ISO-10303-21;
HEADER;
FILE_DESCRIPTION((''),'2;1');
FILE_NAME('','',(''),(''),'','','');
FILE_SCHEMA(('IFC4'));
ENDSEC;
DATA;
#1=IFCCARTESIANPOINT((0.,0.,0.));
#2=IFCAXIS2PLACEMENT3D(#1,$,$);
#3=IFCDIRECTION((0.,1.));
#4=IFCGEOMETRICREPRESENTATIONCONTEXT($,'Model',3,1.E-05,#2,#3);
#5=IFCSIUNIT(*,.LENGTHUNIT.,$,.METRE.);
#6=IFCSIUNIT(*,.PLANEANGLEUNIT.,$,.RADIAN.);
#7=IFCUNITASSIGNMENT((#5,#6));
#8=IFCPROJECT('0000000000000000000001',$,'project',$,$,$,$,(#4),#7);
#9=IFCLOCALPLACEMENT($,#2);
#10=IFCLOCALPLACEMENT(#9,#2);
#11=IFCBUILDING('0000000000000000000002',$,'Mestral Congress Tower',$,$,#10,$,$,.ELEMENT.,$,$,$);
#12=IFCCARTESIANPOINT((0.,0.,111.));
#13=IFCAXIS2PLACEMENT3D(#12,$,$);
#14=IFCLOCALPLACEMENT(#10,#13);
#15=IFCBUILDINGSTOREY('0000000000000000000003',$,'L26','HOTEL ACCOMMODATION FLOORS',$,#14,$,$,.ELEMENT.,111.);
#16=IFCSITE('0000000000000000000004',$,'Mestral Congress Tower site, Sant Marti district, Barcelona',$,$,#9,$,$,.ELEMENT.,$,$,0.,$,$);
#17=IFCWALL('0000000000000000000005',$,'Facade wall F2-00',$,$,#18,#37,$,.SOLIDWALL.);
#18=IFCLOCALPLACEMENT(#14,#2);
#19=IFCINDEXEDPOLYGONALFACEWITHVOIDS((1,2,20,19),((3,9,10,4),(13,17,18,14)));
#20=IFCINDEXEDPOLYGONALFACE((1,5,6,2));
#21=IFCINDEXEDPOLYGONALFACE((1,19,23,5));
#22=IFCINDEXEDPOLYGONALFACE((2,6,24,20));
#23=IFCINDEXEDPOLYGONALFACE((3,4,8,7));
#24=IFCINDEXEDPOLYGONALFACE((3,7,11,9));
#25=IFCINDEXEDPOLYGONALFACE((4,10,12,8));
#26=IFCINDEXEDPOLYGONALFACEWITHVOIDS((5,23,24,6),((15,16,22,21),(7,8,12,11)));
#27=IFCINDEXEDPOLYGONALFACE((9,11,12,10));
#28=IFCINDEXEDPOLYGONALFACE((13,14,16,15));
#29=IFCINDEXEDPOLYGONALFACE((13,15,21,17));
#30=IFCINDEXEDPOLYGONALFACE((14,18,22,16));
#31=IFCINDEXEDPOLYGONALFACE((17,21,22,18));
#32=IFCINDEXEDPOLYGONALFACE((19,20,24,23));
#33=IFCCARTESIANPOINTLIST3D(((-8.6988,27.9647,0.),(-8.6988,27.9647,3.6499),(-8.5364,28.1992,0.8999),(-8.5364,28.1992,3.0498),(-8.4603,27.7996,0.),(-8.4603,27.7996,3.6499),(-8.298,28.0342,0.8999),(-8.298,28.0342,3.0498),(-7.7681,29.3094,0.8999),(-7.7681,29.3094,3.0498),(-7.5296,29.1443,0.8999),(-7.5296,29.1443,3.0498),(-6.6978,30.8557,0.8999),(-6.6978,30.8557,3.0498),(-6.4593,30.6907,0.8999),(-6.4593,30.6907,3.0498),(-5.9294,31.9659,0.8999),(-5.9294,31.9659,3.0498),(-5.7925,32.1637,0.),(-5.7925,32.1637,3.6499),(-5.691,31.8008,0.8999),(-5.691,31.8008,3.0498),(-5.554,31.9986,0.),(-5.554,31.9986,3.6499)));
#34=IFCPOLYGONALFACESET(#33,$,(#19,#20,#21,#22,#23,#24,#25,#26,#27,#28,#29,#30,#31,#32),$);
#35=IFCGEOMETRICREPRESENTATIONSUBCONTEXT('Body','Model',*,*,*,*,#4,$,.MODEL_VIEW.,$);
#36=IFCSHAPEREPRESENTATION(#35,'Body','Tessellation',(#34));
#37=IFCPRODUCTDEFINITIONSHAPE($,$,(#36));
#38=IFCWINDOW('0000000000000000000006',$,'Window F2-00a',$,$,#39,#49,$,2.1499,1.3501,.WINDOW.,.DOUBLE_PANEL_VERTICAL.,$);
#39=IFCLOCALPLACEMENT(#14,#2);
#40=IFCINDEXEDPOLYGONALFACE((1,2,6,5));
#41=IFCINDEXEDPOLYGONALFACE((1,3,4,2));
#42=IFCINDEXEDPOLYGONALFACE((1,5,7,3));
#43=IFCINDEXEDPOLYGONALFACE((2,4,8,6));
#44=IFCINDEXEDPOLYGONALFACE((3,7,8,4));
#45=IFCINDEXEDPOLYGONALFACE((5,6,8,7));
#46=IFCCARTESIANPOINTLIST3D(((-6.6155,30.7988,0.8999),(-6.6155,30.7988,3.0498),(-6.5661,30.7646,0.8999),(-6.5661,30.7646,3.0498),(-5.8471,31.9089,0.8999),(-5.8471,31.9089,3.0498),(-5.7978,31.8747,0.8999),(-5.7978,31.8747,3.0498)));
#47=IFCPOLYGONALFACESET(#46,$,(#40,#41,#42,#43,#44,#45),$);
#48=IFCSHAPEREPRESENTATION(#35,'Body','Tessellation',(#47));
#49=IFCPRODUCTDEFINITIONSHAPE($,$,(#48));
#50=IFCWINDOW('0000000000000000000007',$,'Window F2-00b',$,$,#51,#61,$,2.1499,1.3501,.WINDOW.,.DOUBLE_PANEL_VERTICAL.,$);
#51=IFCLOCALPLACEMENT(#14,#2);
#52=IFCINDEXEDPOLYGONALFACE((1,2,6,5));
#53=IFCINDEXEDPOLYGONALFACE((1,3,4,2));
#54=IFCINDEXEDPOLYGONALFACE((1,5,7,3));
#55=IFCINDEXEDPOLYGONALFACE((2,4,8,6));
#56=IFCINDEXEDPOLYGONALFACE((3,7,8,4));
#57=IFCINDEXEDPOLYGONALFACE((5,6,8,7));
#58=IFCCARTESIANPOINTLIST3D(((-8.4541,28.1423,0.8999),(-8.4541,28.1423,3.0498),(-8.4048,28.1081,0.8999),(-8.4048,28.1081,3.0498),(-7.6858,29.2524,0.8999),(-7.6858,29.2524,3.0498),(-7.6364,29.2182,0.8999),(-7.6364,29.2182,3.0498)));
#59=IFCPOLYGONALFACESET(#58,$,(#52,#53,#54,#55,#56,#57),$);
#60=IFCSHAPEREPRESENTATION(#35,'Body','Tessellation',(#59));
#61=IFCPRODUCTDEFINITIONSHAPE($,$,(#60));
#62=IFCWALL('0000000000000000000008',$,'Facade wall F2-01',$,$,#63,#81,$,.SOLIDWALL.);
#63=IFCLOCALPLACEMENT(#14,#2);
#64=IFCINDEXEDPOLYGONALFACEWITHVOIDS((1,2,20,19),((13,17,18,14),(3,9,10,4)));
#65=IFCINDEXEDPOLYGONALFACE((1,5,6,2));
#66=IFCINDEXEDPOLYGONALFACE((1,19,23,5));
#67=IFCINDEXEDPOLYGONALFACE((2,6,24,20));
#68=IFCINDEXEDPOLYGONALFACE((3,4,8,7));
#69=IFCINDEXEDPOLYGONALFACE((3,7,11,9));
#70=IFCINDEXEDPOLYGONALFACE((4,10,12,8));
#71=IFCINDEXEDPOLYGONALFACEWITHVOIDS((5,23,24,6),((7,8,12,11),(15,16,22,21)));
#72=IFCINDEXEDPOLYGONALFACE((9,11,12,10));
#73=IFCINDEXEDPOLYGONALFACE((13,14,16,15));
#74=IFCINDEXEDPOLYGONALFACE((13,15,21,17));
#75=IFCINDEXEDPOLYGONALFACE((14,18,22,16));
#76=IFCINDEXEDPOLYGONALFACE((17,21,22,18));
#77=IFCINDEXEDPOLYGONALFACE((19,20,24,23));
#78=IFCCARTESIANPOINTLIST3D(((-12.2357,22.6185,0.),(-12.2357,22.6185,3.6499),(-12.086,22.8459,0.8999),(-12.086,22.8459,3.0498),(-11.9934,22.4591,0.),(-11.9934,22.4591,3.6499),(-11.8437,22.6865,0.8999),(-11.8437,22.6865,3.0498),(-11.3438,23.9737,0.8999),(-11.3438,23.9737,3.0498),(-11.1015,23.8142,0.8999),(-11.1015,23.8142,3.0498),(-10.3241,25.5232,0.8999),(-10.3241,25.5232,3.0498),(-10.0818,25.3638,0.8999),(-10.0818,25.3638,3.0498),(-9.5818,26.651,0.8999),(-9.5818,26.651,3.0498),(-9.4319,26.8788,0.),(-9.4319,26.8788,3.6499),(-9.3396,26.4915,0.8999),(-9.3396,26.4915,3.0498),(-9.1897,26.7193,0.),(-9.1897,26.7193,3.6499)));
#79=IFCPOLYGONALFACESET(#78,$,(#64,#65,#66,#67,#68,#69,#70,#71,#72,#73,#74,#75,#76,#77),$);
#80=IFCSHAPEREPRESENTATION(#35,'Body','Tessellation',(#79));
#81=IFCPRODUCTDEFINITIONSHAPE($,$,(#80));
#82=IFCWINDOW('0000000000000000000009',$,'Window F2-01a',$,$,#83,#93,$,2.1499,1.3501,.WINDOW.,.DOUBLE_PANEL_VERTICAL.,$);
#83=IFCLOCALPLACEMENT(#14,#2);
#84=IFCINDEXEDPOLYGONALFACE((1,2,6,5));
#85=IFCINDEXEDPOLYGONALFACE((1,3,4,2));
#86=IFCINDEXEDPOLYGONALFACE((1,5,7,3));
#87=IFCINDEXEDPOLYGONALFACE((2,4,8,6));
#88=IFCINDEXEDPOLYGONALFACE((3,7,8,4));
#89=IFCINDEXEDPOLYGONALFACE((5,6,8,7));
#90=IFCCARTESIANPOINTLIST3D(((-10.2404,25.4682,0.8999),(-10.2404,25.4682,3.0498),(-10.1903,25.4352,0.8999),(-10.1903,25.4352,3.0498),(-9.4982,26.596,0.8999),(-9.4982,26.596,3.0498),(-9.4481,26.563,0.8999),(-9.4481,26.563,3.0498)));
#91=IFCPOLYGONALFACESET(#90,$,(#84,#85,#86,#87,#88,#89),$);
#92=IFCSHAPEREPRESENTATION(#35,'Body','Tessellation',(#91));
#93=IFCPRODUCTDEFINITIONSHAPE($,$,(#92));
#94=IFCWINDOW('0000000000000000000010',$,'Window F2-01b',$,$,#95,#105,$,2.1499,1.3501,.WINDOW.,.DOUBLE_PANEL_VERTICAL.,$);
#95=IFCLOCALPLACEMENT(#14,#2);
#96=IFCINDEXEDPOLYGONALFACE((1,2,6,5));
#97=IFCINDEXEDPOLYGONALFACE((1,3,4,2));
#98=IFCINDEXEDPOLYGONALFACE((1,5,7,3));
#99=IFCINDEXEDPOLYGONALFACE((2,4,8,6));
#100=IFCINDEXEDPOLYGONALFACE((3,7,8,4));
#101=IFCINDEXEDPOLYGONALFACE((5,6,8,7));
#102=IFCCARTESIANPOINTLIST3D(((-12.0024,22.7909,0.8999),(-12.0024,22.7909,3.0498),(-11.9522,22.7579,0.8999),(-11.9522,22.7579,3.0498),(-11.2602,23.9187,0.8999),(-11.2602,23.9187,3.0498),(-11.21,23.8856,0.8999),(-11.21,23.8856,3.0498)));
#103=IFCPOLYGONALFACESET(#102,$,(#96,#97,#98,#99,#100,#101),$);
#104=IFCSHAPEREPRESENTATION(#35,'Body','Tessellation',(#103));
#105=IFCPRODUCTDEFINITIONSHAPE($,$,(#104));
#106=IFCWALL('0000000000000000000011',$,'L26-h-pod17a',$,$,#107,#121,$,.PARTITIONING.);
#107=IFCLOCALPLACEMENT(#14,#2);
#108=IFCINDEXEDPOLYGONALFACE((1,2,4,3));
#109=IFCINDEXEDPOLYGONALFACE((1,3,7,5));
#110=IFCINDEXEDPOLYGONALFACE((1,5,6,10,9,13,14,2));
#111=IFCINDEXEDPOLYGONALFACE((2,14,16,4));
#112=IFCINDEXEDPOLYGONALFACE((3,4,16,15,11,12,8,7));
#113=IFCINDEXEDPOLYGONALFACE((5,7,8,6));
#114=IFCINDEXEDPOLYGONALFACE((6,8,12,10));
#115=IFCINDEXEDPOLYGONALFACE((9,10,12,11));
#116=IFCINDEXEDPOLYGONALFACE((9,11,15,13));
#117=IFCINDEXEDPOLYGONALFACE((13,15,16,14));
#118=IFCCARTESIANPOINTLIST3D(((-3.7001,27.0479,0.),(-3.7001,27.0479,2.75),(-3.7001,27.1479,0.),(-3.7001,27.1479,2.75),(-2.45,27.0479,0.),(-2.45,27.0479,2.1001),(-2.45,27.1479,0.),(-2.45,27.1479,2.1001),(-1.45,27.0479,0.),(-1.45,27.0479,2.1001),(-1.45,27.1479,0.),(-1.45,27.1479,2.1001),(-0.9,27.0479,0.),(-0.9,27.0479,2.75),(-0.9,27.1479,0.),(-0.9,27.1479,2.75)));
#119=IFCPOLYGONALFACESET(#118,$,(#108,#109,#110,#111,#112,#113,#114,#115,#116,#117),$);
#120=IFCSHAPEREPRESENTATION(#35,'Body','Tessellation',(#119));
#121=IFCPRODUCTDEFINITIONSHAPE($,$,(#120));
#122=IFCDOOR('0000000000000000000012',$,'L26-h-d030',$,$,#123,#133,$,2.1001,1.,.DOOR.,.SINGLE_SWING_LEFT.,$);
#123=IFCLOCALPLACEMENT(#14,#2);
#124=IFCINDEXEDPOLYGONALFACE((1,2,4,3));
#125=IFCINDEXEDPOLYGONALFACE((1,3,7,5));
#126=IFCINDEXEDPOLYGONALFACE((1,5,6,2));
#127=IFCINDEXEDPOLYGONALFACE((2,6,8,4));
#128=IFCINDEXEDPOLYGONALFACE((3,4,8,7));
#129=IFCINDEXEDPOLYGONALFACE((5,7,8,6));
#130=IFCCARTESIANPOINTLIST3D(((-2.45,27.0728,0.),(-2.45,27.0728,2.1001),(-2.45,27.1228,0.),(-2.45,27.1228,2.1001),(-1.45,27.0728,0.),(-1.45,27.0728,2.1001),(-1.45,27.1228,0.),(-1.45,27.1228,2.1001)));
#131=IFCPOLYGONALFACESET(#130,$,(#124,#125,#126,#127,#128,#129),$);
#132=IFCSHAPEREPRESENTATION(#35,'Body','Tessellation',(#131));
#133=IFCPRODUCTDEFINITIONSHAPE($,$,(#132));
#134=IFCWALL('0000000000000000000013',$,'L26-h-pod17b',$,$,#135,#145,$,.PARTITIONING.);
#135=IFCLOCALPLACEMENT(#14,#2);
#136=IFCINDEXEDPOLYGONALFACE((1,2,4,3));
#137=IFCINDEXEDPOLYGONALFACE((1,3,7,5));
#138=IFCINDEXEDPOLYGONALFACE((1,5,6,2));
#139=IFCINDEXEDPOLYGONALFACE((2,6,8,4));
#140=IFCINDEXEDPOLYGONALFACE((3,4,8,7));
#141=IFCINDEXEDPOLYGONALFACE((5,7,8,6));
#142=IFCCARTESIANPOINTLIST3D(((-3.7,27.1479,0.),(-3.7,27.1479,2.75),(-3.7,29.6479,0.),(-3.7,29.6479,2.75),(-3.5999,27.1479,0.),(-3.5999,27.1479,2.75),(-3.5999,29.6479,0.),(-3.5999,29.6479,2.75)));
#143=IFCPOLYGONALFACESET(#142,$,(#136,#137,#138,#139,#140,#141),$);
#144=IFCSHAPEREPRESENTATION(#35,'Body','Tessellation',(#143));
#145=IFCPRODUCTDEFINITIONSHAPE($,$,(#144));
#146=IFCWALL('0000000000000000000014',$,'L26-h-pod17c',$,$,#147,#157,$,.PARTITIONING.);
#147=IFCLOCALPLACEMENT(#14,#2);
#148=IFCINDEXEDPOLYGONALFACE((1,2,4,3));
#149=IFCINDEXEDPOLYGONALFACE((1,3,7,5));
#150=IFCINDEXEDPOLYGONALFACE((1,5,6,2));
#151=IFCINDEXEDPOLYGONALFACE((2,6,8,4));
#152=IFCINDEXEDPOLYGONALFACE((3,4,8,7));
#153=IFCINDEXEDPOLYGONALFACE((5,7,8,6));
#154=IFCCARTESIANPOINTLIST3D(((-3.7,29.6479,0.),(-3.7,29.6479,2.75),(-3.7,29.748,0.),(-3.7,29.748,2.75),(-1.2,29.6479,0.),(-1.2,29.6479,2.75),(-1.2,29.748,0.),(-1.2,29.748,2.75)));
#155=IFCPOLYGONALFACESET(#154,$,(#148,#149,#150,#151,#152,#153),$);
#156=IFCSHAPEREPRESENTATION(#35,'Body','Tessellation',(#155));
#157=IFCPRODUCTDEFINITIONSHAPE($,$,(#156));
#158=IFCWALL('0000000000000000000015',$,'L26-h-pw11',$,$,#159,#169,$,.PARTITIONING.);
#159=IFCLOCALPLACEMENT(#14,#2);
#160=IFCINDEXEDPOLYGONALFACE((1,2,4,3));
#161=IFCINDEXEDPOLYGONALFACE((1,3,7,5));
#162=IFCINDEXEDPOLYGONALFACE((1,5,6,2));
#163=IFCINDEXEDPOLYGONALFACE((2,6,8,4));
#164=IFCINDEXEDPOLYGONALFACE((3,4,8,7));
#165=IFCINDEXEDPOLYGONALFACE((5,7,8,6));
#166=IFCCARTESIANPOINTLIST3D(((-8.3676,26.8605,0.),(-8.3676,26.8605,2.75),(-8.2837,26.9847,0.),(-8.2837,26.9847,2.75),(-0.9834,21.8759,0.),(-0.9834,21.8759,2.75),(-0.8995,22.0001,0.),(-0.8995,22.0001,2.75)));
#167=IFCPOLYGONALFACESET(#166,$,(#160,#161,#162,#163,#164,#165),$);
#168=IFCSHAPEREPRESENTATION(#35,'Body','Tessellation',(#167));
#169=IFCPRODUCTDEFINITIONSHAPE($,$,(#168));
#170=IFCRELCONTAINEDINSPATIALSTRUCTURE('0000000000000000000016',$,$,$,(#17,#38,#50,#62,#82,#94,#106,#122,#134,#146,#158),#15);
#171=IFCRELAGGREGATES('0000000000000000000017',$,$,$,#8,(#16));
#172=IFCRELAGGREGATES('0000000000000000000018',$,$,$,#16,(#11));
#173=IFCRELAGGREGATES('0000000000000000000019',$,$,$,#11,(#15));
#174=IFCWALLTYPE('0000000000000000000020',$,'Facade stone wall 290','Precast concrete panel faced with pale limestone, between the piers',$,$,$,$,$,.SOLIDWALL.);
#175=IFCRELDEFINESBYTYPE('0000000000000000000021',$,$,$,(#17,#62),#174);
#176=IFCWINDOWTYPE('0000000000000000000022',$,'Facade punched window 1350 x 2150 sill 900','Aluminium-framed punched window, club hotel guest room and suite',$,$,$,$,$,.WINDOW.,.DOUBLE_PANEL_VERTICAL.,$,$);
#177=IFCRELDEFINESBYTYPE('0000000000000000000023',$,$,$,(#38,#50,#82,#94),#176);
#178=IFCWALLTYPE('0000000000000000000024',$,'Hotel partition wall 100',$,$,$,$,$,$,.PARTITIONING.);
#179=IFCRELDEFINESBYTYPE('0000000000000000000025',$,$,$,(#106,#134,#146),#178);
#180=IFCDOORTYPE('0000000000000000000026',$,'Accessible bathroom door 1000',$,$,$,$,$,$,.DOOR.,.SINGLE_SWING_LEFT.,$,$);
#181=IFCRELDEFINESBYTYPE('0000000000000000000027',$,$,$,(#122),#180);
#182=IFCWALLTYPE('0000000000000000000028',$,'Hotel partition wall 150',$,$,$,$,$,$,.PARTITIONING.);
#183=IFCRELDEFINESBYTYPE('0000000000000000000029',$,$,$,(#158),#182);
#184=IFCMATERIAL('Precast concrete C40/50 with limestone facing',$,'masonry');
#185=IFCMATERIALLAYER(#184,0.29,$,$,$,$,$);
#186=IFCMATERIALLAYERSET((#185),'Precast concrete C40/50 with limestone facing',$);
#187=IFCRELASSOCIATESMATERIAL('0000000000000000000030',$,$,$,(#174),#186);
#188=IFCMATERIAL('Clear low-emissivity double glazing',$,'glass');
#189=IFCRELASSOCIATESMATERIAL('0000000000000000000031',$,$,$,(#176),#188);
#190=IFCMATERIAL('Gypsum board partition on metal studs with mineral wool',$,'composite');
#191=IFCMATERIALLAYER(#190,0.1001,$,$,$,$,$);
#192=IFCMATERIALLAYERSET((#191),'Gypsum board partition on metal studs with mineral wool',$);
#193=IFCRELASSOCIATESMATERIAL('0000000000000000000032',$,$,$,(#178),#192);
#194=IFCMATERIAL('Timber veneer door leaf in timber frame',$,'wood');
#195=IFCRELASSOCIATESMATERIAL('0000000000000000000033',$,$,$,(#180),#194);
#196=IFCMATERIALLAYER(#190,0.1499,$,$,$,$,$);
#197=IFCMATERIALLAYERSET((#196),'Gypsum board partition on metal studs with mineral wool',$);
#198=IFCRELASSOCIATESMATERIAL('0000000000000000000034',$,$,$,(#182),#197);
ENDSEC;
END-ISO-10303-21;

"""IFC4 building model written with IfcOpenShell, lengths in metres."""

from ifc_helpers import new_model, si_unit, direction, frame, frame_2d, origin, place, context, subcontext, project, spatial, rectangle, extrude, material, layer, layer_set, type_object, element, fill, save


model = new_model("IFC4")

# Units and contexts
model_context = context("Model", 3, precision=1e-05, world=origin(), true_north=direction((0.0, 1.0)))
body_context = subcontext(model_context, "Body", "Model", "MODEL_VIEW")
ifc_project = project(units=[si_unit("LENGTHUNIT", "METRE"), si_unit("PLANEANGLEUNIT", "RADIAN")], contexts=[model_context])

# Site, building, storey
site_placement = place(None, origin())
site = spatial("IfcSite", under=ifc_project, at=site_placement, Name="Mestral Congress Tower site, Sant Marti district, Barcelona", CompositionType="ELEMENT", RefElevation=0.0)
building_placement = place(site_placement, origin())
building = spatial("IfcBuilding", under=site, at=building_placement, Name="Mestral Congress Tower", CompositionType="ELEMENT")
storey_placement = place(building_placement, frame((0.0, 0.0, 111.0)))
storey = spatial("IfcBuildingStorey", under=building, at=storey_placement, Name="L26", Description="HOTEL ACCOMMODATION FLOORS", CompositionType="ELEMENT", Elevation=111.0)

# Shared definitions
ifc_material_1 = material(Name="Precast concrete C40/50 with limestone facing", Category="masonry")
ifc_layer_1 = layer(ifc_material_1, 0.29)
ifc_layer_set_1 = layer_set([ifc_layer_1], Name="Precast concrete C40/50 with limestone facing")
wall_type_1 = type_object("IfcWallType", Name="Facade stone wall 290", Description="Precast concrete panel faced with pale limestone, between the piers", PredefinedType="SOLIDWALL", material=ifc_layer_set_1)

# Shared definitions
ifc_material_2 = material(Name="Clear low-emissivity double glazing", Category="glass")

# Walls, openings, windows
wall_1_placement = place(storey_placement, frame((-5.6733, 32.0811, 0.0), z_axis=(0.0, 0.0, 1.0), x_axis=(-0.569113, -0.822259, 0.0)))
wall_1 = element("IfcWall", 1, at=wall_1_placement, inside=storey, type_object=wall_type_1, Name="Facade wall F2-00", PredefinedType="SOLIDWALL", context=body_context, shape_type="SweptSolid", body=[
    extrude(rectangle(XDim=5.1067, YDim=0.29, at=frame_2d((2.5532, 0.0))), origin(), (0.0, 0.0, 1.0), 3.6499),
])
opening_1_placement = place(wall_1_placement, frame((0.2405, 0.0, 0.8999)))
opening_1 = element("IfcOpeningElement", 2, at=opening_1_placement, cuts=wall_1, PredefinedType="OPENING", context=body_context, shape_type="SweptSolid", body=[
    extrude(rectangle(XDim=1.3501, YDim=2.1499, at=frame_2d((0.675, 1.075))), frame((0.0, 0.155, 0.0), z_axis=(0.0, -1.0, 0.0), x_axis=(1.0, 0.0, 0.0)), (0.0, 0.0, 1.0), 0.3101),
])
opening_2_placement = place(wall_1_placement, frame((3.4712, 0.0, 0.8999)))
opening_2 = element("IfcOpeningElement", 3, at=opening_2_placement, cuts=wall_1, PredefinedType="OPENING", context=body_context, shape_type="SweptSolid", body=[
    extrude(rectangle(XDim=1.3501, YDim=2.1499, at=frame_2d((0.675, 1.075))), frame((0.0, 0.155, 0.0), z_axis=(0.0, -1.0, 0.0), x_axis=(1.0, 0.0, 0.0)), (0.0, 0.0, 1.0), 0.3101),
])
window_type_1 = type_object("IfcWindowType", Name="Facade punched window 1350 x 2150 sill 900", Description="Aluminium-framed punched window, club hotel guest room and suite", PartitioningType="DOUBLE_PANEL_VERTICAL", PredefinedType="WINDOW", material=ifc_material_2)
window_1_placement = place(opening_1_placement, origin())
window_1 = element("IfcWindow", 4, at=window_1_placement, inside=storey, type_object=window_type_1, Name="Window F2-00a", OverallHeight=2.1499, OverallWidth=1.3501, PartitioningType="DOUBLE_PANEL_VERTICAL", PredefinedType="WINDOW", context=body_context, shape_type="SweptSolid", body=[
    extrude(rectangle(XDim=1.3501, YDim=2.1499, at=frame_2d((0.675, 1.075))), frame((0.0, 0.0151, 0.0), z_axis=(0.0, -1.0, 0.0), x_axis=(1.0, 0.0, 0.0)), (0.0, 0.0, 1.0), 0.0601),
])
fill(opening_1, window_1)
window_2_placement = place(opening_2_placement, origin())
window_2 = element("IfcWindow", 5, at=window_2_placement, inside=storey, type_object=window_type_1, Name="Window F2-00b", OverallHeight=2.1499, OverallWidth=1.3501, PartitioningType="DOUBLE_PANEL_VERTICAL", PredefinedType="WINDOW", context=body_context, shape_type="SweptSolid", body=[
    extrude(rectangle(XDim=1.3501, YDim=2.1499, at=frame_2d((0.675, 1.075))), frame((0.0, 0.0151, 0.0), z_axis=(0.0, -1.0, 0.0), x_axis=(1.0, 0.0, 0.0)), (0.0, 0.0, 1.0), 0.0601),
])
fill(opening_2, window_2)
wall_2_placement = place(storey_placement, frame((-9.3108, 26.7991, 0.0), z_axis=(0.0, 0.0, 1.0), x_axis=(-0.549741, -0.835335, 0.0)))
wall_2 = element("IfcWall", 6, at=wall_2_placement, inside=storey, type_object=wall_type_1, Name="Facade wall F2-01", PredefinedType="SOLIDWALL", context=body_context, shape_type="SweptSolid", body=[
    extrude(rectangle(XDim=5.1001, YDim=0.29, at=frame_2d((2.55, 0.0))), origin(), (0.0, 0.0, 1.0), 3.6499),
])
opening_3_placement = place(wall_2_placement, frame((0.2727, 0.0, 0.8999)))
opening_3 = element("IfcOpeningElement", 7, at=opening_3_placement, cuts=wall_2, PredefinedType="OPENING", context=body_context, shape_type="SweptSolid", body=[
    extrude(rectangle(XDim=1.3501, YDim=2.1499, at=frame_2d((0.675, 1.075))), frame((0.0, 0.155, 0.0), z_axis=(0.0, -1.0, 0.0), x_axis=(1.0, 0.0, 0.0)), (0.0, 0.0, 1.0), 0.3101),
])
opening_4_placement = place(wall_2_placement, frame((3.4778, 0.0, 0.8999)))
opening_4 = element("IfcOpeningElement", 8, at=opening_4_placement, cuts=wall_2, PredefinedType="OPENING", context=body_context, shape_type="SweptSolid", body=[
    extrude(rectangle(XDim=1.3501, YDim=2.1499, at=frame_2d((0.675, 1.075))), frame((0.0, 0.155, 0.0), z_axis=(0.0, -1.0, 0.0), x_axis=(1.0, 0.0, 0.0)), (0.0, 0.0, 1.0), 0.3101),
])
window_3_placement = place(opening_3_placement, origin())
window_3 = element("IfcWindow", 9, at=window_3_placement, inside=storey, type_object=window_type_1, Name="Window F2-01a", OverallHeight=2.1499, OverallWidth=1.3501, PartitioningType="DOUBLE_PANEL_VERTICAL", PredefinedType="WINDOW", context=body_context, shape_type="SweptSolid", body=[
    extrude(rectangle(XDim=1.3501, YDim=2.1499, at=frame_2d((0.675, 1.075))), frame((0.0, 0.0151, 0.0), z_axis=(0.0, -1.0, 0.0), x_axis=(1.0, 0.0, 0.0)), (0.0, 0.0, 1.0), 0.0601),
])
fill(opening_3, window_3)
window_4_placement = place(opening_4_placement, origin())
window_4 = element("IfcWindow", 10, at=window_4_placement, inside=storey, type_object=window_type_1, Name="Window F2-01b", OverallHeight=2.1499, OverallWidth=1.3501, PartitioningType="DOUBLE_PANEL_VERTICAL", PredefinedType="WINDOW", context=body_context, shape_type="SweptSolid", body=[
    extrude(rectangle(XDim=1.3501, YDim=2.1499, at=frame_2d((0.675, 1.075))), frame((0.0, 0.0151, 0.0), z_axis=(0.0, -1.0, 0.0), x_axis=(1.0, 0.0, 0.0)), (0.0, 0.0, 1.0), 0.0601),
])
fill(opening_4, window_4)

# Wall, opening, door
ifc_material_3 = material(Name="Gypsum board partition on metal studs with mineral wool", Category="composite")
ifc_layer_2 = layer(ifc_material_3, 0.1001)
ifc_layer_set_2 = layer_set([ifc_layer_2], Name="Gypsum board partition on metal studs with mineral wool")
wall_type_2 = type_object("IfcWallType", Name="Hotel partition wall 100", PredefinedType="PARTITIONING", material=ifc_layer_set_2)
wall_3_placement = place(storey_placement, frame((-3.7, 27.0979, 0.0), z_axis=(0.0, 0.0, 1.0), x_axis=(1.0, 0.0, 0.0)))
wall_3 = element("IfcWall", 11, at=wall_3_placement, inside=storey, type_object=wall_type_2, Name="L26-h-pod17a", PredefinedType="PARTITIONING", context=body_context, shape_type="SweptSolid", body=[
    extrude(rectangle(XDim=2.8, YDim=0.1001, at=frame_2d((1.3999, 0.0))), origin(), (0.0, 0.0, 1.0), 2.75),
])
opening_5_placement = place(wall_3_placement, frame((1.25, 0.0, 0.0)))
opening_5 = element("IfcOpeningElement", 12, at=opening_5_placement, cuts=wall_3, PredefinedType="OPENING", context=body_context, shape_type="SweptSolid", body=[
    extrude(rectangle(XDim=1.0, YDim=2.1001, at=frame_2d((0.5, 1.05))), frame((0.0, 0.0601, 0.0), z_axis=(0.0, -1.0, 0.0), x_axis=(1.0, 0.0, 0.0)), (0.0, 0.0, 1.0), 0.1201),
])
ifc_material_4 = material(Name="Timber veneer door leaf in timber frame", Category="wood")
door_type = type_object("IfcDoorType", Name="Accessible bathroom door 1000", OperationType="SINGLE_SWING_LEFT", PredefinedType="DOOR", material=ifc_material_4)
door_placement = place(opening_5_placement, origin())
door = element("IfcDoor", 13, at=door_placement, inside=storey, type_object=door_type, Name="L26-h-d030", OperationType="SINGLE_SWING_LEFT", OverallHeight=2.1001, OverallWidth=1.0, PredefinedType="DOOR", context=body_context, shape_type="SweptSolid", body=[
    extrude(rectangle(XDim=1.0, YDim=2.1001, at=frame_2d((0.5, 1.05))), frame((0.0, 0.0249, 0.0), z_axis=(0.0, -1.0, 0.0), x_axis=(1.0, 0.0, 0.0)), (0.0, 0.0, 1.0), 0.05),
])
fill(opening_5, door)

# Walls
for number, where, z_axis, x_axis, name in (
    (14, (-3.6499, 27.1479, 0.0), (0.0, 0.0, 1.0), (0.0, 1.0, 0.0), "L26-h-pod17b"),
    (15, (-1.2, 29.698, 0.0), (0.0, 0.0, 1.0), (-1.0, 0.0, 0.0), "L26-h-pod17c"),
):
    element("IfcWall", number, at=place(storey_placement, frame(where, z_axis=z_axis, x_axis=x_axis)), inside=storey, type_object=wall_type_2, Name=name, PredefinedType="PARTITIONING", context=body_context, shape_type="SweptSolid", body=[
        extrude(rectangle(XDim=2.5, YDim=0.1001, at=frame_2d((1.25, 0.0))), origin(), (0.0, 0.0, 1.0), 2.75),
    ])
ifc_layer_3 = layer(ifc_material_3, 0.1499)
ifc_layer_set_3 = layer_set([ifc_layer_3], Name="Gypsum board partition on metal studs with mineral wool")
wall_type_3 = type_object("IfcWallType", Name="Hotel partition wall 150", PredefinedType="PARTITIONING", material=ifc_layer_set_3)
wall_4_placement = place(storey_placement, frame((-8.3257, 26.9226, 0.0), z_axis=(0.0, 0.0, 1.0), x_axis=(0.828837, -0.559491, 0.0)))
element("IfcWall", 16, at=wall_4_placement, inside=storey, type_object=wall_type_3, Name="L26-h-pw11", PredefinedType="PARTITIONING", context=body_context, shape_type="SweptSolid", body=[
    extrude(rectangle(XDim=8.9092, YDim=0.1499, at=frame_2d((4.4546, 0.0))), origin(), (0.0, 0.0, 1.0), 2.75),
])

save(model, "model.ifc")
